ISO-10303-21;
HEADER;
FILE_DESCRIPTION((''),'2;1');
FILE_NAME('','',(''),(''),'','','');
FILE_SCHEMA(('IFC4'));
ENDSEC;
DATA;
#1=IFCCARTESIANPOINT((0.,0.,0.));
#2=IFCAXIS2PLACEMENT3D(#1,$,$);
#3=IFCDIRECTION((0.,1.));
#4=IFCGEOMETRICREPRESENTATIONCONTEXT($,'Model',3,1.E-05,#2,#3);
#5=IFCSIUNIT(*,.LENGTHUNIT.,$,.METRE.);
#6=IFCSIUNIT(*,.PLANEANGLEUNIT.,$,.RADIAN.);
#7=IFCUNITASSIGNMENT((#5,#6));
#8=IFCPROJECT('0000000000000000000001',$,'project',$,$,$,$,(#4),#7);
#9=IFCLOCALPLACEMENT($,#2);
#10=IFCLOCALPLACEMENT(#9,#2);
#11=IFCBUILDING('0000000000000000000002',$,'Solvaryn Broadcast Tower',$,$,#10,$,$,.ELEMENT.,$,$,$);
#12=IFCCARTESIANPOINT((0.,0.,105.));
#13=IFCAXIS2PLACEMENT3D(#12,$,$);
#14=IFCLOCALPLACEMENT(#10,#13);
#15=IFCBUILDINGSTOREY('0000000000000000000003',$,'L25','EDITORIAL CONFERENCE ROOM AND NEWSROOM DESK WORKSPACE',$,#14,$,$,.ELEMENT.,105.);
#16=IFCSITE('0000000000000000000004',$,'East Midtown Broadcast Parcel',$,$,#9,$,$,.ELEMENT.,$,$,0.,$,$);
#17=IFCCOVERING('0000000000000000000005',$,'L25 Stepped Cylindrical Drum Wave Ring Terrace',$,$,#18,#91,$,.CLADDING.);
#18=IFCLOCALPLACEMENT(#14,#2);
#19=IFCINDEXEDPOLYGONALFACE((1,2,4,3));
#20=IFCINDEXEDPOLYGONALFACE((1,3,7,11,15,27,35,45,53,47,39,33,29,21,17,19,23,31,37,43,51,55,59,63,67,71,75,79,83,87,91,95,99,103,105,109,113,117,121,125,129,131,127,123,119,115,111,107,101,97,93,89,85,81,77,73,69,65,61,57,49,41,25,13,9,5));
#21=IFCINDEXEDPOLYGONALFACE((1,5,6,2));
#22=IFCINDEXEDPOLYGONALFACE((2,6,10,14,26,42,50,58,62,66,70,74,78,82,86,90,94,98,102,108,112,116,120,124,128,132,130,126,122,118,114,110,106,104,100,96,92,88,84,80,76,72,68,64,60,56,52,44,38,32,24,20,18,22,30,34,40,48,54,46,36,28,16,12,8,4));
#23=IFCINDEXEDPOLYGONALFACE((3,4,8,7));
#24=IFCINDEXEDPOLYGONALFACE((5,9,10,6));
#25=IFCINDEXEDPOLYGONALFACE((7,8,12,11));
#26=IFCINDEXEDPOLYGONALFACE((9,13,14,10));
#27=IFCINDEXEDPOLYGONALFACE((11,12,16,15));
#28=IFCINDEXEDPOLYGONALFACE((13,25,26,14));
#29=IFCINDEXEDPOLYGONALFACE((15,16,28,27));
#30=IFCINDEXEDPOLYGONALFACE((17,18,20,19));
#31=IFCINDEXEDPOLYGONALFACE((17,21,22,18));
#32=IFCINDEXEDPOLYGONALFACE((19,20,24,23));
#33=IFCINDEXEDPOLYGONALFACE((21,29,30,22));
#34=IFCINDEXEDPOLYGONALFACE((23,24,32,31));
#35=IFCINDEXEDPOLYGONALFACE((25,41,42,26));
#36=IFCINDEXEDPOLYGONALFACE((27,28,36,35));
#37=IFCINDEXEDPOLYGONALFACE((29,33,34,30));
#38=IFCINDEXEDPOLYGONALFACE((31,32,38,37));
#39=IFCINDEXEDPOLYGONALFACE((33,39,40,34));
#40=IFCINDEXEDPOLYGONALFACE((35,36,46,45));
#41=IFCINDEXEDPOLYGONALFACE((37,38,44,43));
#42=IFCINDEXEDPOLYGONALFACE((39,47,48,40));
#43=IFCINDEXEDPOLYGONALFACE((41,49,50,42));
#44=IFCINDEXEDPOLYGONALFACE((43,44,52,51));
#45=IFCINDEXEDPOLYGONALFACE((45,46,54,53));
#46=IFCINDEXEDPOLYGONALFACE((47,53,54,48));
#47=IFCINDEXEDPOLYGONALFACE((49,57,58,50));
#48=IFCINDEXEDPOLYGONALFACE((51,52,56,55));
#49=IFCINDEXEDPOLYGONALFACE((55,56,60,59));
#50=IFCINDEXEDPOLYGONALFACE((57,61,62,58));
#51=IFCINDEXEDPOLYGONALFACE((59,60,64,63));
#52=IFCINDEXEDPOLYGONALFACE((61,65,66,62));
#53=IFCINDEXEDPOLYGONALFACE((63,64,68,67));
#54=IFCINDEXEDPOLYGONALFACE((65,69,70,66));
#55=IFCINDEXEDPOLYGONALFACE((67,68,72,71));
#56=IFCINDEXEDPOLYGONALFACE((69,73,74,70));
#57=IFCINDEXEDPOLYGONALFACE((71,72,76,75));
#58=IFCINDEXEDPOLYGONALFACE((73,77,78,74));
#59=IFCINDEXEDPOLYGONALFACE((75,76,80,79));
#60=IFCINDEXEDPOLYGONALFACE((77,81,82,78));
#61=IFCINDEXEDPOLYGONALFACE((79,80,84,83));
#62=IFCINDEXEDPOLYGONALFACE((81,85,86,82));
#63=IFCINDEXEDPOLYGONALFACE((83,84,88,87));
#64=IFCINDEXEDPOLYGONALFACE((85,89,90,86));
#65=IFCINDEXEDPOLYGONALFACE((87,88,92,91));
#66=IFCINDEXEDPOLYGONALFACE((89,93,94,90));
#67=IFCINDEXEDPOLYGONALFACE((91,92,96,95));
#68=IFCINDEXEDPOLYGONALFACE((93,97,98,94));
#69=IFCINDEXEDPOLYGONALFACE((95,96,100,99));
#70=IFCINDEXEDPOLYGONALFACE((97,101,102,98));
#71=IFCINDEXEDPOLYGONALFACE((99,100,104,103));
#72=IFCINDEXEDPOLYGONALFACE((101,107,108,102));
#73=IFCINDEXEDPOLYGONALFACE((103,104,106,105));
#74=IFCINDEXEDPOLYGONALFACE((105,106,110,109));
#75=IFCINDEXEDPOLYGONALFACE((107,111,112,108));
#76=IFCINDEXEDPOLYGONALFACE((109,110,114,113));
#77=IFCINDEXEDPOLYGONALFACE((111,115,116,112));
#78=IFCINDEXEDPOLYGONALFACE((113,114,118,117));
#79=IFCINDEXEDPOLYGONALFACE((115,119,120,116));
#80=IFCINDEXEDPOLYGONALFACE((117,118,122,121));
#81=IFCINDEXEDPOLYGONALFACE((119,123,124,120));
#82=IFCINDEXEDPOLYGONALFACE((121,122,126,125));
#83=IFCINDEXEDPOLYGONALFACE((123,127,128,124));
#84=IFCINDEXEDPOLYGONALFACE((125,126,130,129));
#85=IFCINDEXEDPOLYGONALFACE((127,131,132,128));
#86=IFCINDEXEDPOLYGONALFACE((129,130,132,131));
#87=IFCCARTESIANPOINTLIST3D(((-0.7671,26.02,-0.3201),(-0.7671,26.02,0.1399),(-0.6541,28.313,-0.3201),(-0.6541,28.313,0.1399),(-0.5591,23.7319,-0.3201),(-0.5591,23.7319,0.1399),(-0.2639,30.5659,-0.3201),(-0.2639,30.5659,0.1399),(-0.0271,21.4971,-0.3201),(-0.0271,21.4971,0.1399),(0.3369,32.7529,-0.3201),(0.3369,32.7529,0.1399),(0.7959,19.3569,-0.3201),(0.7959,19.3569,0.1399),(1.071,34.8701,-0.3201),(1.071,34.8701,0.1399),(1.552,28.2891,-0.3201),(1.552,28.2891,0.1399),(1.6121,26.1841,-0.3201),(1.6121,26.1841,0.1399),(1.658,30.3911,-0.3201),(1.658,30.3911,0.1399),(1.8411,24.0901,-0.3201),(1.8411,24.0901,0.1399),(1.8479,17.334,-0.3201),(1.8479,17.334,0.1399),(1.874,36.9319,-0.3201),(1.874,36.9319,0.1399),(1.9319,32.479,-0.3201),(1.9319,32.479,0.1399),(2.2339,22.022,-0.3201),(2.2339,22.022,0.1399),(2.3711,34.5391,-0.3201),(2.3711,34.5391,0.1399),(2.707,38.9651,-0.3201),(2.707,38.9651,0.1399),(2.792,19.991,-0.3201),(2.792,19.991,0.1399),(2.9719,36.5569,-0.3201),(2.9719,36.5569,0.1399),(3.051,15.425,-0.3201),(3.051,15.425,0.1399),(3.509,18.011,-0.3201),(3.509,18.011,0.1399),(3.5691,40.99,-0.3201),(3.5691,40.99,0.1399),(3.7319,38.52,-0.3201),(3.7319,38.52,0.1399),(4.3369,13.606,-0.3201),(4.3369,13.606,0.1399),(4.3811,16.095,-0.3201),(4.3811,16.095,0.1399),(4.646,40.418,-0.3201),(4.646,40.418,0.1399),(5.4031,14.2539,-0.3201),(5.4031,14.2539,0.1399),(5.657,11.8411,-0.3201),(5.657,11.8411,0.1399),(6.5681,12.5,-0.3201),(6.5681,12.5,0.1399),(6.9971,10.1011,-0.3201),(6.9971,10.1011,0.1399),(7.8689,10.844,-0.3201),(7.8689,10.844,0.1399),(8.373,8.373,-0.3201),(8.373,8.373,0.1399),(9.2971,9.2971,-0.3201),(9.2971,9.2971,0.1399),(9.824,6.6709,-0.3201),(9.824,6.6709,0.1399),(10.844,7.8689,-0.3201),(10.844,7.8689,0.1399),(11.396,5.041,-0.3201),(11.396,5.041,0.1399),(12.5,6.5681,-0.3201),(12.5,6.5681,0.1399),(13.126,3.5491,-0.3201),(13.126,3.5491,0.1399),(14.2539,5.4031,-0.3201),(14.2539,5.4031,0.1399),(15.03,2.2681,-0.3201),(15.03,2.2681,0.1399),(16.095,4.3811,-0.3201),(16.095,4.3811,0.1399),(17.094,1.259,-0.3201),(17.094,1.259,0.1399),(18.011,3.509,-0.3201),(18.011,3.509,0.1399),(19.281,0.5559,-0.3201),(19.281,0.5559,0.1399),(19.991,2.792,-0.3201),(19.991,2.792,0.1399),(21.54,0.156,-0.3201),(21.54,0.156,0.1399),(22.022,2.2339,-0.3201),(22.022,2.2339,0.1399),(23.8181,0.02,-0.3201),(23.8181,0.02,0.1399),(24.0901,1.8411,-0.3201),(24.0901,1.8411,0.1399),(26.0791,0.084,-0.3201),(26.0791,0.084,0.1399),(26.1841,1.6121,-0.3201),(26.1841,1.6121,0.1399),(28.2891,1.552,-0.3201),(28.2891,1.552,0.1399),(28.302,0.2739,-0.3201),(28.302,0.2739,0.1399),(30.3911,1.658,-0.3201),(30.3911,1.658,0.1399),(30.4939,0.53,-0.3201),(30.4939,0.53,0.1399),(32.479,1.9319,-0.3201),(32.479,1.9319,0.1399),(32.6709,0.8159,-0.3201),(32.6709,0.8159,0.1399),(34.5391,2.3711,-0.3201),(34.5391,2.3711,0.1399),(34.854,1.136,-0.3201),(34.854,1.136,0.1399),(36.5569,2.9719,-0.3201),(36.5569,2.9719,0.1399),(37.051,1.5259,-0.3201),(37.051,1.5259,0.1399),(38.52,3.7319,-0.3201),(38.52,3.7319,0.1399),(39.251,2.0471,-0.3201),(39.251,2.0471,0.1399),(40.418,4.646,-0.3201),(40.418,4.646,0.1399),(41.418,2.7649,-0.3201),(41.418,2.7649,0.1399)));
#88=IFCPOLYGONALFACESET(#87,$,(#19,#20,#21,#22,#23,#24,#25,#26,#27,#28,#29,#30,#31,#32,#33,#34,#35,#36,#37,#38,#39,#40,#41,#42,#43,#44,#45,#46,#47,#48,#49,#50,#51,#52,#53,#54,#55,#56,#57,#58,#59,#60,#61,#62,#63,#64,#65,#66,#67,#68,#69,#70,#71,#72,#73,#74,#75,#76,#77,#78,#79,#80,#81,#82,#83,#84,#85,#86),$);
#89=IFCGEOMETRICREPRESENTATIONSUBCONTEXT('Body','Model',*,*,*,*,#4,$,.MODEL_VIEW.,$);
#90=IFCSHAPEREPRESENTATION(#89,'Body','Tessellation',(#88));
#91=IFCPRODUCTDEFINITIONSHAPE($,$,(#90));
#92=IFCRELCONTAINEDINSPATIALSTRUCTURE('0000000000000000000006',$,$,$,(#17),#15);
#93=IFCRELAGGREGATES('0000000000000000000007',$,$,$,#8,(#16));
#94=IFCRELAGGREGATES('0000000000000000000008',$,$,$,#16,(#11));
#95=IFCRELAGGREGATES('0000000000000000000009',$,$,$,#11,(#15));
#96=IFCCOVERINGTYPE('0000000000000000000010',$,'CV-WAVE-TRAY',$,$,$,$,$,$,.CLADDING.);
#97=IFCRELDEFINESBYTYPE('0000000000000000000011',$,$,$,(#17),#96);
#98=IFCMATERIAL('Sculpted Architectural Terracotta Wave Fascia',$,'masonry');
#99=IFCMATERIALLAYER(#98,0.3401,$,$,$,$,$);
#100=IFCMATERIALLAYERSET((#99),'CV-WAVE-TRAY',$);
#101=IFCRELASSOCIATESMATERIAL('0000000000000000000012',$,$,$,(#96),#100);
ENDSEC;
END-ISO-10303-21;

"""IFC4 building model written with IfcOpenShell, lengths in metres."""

from ifc_helpers import new_model, si_unit, direction, frame, origin, place, context, subcontext, project, spatial, polyline, outline, extrude, material, layer, layer_set, type_object, element, save


model = new_model("IFC4")

# Units and contexts
model_context = context("Model", 3, precision=1e-05, world=origin(), true_north=direction((0.0, 1.0)))
body_context = subcontext(model_context, "Body", "Model", "MODEL_VIEW")
ifc_project = project(units=[si_unit("LENGTHUNIT", "METRE"), si_unit("PLANEANGLEUNIT", "RADIAN")], contexts=[model_context])

# Site, building, storey
site_placement = place(None, origin())
site = spatial("IfcSite", under=ifc_project, at=site_placement, Name="East Midtown Broadcast Parcel", CompositionType="ELEMENT", RefElevation=0.0)
building_placement = place(site_placement, origin())
building = spatial("IfcBuilding", under=site, at=building_placement, Name="Solvaryn Broadcast Tower", CompositionType="ELEMENT")
storey_placement = place(building_placement, frame((0.0, 0.0, 105.0)))
storey = spatial("IfcBuildingStorey", under=building, at=storey_placement, Name="L25", Description="EDITORIAL CONFERENCE ROOM AND NEWSROOM DESK WORKSPACE", CompositionType="ELEMENT", Elevation=105.0)

# Covering
ifc_material_1 = material(Name="Sculpted Architectural Terracotta Wave Fascia", Category="masonry")
ifc_layer_1 = layer(ifc_material_1, 0.3401)
ifc_layer_set_1 = layer_set([ifc_layer_1], Name="CV-WAVE-TRAY")
covering_type_1 = type_object("IfcCoveringType", Name="CV-WAVE-TRAY", PredefinedType="CLADDING", material=ifc_layer_set_1)
covering_1_placement = place(storey_placement, frame((0.0, 0.0, -0.3201)))
element("IfcCovering", 1, at=covering_1_placement, inside=storey, type_object=covering_type_1, Name="L25 Stepped Cylindrical Drum Wave Ring Terrace", PredefinedType="CLADDING", context=body_context, shape_type="SweptSolid", body=[
    extrude(outline(polyline([(3.5691, 40.99), (2.707, 38.9651), (1.874, 36.9319), (1.071, 34.8701), (0.3369, 32.7529), (-0.2639, 30.5659), (-0.6541, 28.313), (-0.7671, 26.02), (-0.5591, 23.7319), (-0.0271, 21.4971), (0.7959, 19.3569), (1.8479, 17.334), (3.051, 15.425), (4.3369, 13.606), (5.657, 11.8411), (6.9971, 10.1011), (8.373, 8.373), (9.824, 6.6709), (11.396, 5.041), (13.126, 3.5491), (15.03, 2.2681), (17.094, 1.259), (19.281, 0.5559), (21.54, 0.156), (23.8181, 0.02), (26.0791, 0.084), (28.302, 0.2739), (30.4939, 0.53), (32.6709, 0.8159), (34.854, 1.136), (37.051, 1.5259), (39.251, 2.0471), (41.418, 2.7649), (40.418, 4.646), (38.52, 3.7319), (36.5569, 2.9719), (34.5391, 2.3711), (32.479, 1.9319), (30.3911, 1.658), (28.2891, 1.552), (26.1841, 1.6121), (24.0901, 1.8411), (22.022, 2.2339), (19.991, 2.792), (18.011, 3.509), (16.095, 4.3811), (14.2539, 5.4031), (12.5, 6.5681), (10.844, 7.8689), (9.2971, 9.2971), (7.8689, 10.844), (6.5681, 12.5), (5.4031, 14.2539), (4.3811, 16.095), (3.509, 18.011), (2.792, 19.991), (2.2339, 22.022), (1.8411, 24.0901), (1.6121, 26.1841), (1.552, 28.2891), (1.658, 30.3911), (1.9319, 32.479), (2.3711, 34.5391), (2.9719, 36.5569), (3.7319, 38.52), (4.646, 40.418), (3.5691, 40.99)])), origin(), (0.0, 0.0, 1.0), 0.46),
])

save(model, "model.ifc")
